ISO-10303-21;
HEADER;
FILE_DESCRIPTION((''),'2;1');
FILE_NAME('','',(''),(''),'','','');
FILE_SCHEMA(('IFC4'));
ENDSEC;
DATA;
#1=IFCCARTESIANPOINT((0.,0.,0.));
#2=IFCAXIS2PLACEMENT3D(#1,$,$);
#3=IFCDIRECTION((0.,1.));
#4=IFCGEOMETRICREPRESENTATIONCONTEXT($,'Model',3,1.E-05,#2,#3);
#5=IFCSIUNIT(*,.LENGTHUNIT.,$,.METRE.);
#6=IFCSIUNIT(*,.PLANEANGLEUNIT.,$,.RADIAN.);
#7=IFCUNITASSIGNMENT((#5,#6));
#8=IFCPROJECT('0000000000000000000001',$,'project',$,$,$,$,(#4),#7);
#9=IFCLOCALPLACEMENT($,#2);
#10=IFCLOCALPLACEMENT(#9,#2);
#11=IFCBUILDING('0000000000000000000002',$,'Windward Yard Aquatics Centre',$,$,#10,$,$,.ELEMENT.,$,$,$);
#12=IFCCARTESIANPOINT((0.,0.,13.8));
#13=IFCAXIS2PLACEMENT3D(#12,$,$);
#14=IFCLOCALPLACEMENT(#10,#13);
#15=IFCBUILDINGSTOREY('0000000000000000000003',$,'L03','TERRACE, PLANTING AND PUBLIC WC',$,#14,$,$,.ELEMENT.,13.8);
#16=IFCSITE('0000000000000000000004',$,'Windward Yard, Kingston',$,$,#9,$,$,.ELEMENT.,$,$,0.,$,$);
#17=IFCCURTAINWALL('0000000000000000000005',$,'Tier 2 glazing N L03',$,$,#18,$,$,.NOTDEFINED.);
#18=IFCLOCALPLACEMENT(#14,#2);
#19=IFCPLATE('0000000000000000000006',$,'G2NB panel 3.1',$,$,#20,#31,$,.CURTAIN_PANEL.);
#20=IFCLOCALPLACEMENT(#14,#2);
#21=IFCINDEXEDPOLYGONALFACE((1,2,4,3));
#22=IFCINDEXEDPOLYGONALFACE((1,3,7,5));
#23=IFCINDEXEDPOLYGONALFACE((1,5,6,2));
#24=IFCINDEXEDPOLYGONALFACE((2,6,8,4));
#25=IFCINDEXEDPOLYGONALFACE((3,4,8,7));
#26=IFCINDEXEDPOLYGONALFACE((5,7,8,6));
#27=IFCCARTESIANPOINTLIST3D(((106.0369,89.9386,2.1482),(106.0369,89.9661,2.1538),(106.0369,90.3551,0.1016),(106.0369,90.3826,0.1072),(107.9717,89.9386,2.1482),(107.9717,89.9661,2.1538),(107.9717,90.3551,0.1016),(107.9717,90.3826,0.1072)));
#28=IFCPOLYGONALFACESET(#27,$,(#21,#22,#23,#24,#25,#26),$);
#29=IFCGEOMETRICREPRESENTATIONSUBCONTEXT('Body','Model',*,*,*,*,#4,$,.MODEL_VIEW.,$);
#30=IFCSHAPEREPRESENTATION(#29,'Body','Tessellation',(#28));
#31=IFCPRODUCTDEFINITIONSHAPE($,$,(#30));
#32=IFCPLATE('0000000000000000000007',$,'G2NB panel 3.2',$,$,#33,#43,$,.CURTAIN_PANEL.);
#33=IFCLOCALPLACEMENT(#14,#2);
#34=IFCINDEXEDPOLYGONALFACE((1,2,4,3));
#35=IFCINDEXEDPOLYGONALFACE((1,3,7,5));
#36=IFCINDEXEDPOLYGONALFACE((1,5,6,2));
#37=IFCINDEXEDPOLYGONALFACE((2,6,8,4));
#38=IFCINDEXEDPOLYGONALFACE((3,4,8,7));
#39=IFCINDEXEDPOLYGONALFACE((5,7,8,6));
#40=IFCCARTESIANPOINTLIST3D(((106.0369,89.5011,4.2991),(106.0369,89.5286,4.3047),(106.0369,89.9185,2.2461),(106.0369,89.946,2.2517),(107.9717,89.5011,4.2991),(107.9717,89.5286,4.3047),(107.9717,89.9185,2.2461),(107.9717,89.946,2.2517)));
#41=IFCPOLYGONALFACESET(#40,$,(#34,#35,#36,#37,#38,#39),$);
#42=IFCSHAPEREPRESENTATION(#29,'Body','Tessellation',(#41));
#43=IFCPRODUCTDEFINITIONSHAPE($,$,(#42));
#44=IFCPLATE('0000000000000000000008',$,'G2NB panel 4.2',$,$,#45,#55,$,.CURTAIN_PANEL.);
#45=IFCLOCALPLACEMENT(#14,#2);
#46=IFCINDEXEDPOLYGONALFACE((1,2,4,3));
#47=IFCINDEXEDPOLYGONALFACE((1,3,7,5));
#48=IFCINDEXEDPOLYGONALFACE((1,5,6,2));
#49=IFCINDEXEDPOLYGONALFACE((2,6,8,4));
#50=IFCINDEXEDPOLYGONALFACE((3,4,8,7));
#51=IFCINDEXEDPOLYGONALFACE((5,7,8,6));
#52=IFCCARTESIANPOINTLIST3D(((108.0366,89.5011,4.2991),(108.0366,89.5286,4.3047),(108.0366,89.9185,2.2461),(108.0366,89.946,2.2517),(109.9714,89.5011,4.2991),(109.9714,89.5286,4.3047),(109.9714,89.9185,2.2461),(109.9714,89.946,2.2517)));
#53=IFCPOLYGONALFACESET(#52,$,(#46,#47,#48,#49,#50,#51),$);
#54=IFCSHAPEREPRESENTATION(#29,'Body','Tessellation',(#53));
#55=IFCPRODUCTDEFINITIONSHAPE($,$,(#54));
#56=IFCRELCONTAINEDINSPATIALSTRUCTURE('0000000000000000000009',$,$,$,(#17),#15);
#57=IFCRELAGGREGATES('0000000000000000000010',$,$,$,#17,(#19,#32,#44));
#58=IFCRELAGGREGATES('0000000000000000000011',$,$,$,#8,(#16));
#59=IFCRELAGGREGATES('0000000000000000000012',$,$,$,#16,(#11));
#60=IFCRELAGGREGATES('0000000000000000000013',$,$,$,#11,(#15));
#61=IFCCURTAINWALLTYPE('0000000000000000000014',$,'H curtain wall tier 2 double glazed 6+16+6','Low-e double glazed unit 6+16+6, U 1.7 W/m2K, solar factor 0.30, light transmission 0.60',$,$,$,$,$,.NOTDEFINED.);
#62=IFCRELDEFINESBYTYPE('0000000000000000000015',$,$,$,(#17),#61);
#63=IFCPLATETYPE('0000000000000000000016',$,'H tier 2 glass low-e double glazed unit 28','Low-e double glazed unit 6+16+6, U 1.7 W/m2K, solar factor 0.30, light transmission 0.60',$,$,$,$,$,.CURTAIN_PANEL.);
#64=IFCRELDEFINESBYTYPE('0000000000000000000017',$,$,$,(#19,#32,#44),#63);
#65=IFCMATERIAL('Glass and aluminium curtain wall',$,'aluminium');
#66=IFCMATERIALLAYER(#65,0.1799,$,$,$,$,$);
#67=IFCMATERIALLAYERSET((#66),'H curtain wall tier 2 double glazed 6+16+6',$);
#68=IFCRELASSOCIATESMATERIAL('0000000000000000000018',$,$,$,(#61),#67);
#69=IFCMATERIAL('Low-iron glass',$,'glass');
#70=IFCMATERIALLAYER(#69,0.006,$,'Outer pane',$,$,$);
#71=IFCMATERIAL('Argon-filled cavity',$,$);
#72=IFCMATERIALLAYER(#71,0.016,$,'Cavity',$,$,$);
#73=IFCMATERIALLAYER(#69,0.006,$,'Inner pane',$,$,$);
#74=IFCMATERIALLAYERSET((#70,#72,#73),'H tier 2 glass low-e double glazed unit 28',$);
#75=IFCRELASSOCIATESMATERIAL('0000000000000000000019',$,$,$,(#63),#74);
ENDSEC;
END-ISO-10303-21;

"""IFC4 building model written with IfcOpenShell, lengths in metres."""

from ifc_helpers import new_model, si_unit, direction, frame, origin, place, context, subcontext, project, spatial, polyline, outline, extrude, material, layer, layer_set, type_object, element, aggregate, save


model = new_model("IFC4")

# Units and contexts
model_context = context("Model", 3, precision=1e-05, world=origin(), true_north=direction((0.0, 1.0)))
body_context = subcontext(model_context, "Body", "Model", "MODEL_VIEW")
ifc_project = project(units=[si_unit("LENGTHUNIT", "METRE"), si_unit("PLANEANGLEUNIT", "RADIAN")], contexts=[model_context])

# Site, building, storey
site_placement = place(None, origin())
site = spatial("IfcSite", under=ifc_project, at=site_placement, Name="Windward Yard, Kingston", CompositionType="ELEMENT", RefElevation=0.0)
building_placement = place(site_placement, origin())
building = spatial("IfcBuilding", under=site, at=building_placement, Name="Windward Yard Aquatics Centre", CompositionType="ELEMENT")
storey_placement = place(building_placement, frame((0.0, 0.0, 13.8)))
storey = spatial("IfcBuildingStorey", under=building, at=storey_placement, Name="L03", Description="TERRACE, PLANTING AND PUBLIC WC", CompositionType="ELEMENT", Elevation=13.8)

# Curtain wall
ifc_material_1 = material(Name="Glass and aluminium curtain wall", Category="aluminium")
ifc_layer_1 = layer(ifc_material_1, 0.1799)
ifc_layer_set_1 = layer_set([ifc_layer_1], Name="H curtain wall tier 2 double glazed 6+16+6")
curtain_wall_type = type_object("IfcCurtainWallType", Name="H curtain wall tier 2 double glazed 6+16+6", Description="Low-e double glazed unit 6+16+6, U 1.7 W/m2K, solar factor 0.30, light transmission 0.60", PredefinedType="NOTDEFINED", material=ifc_layer_set_1)
curtain_wall_1_placement = place(storey_placement, origin())
curtain_wall_1 = element("IfcCurtainWall", 1, at=curtain_wall_1_placement, inside=storey, type_object=curtain_wall_type, Name="Tier 2 glazing N L03", PredefinedType="NOTDEFINED")

# Plates
ifc_material_2 = material(Name="Low-iron glass", Category="glass")
ifc_layer_2 = layer(ifc_material_2, 0.006, Name="Outer pane")
ifc_material_3 = material(Name="Argon-filled cavity")
ifc_layer_3 = layer(ifc_material_3, 0.016, Name="Cavity")
ifc_layer_4 = layer(ifc_material_2, 0.006, Name="Inner pane")
ifc_layer_set_2 = layer_set([ifc_layer_2, ifc_layer_3, ifc_layer_4], Name="H tier 2 glass low-e double glazed unit 28")
plate_type = type_object("IfcPlateType", Name="H tier 2 glass low-e double glazed unit 28", Description="Low-e double glazed unit 6+16+6, U 1.7 W/m2K, solar factor 0.30, light transmission 0.60", PredefinedType="CURTAIN_PANEL", material=ifc_layer_set_2)
plate_1_placement = place(storey_placement, frame((106.0369, 89.9661, 2.1538), z_axis=(0.0, 0.979914, 0.199419), x_axis=(0.0, 0.199419, -0.979914)))
plate_1 = element("IfcPlate", 2, at=plate_1_placement, type_object=plate_type, Name="G2NB panel 3.1", PredefinedType="CURTAIN_PANEL", context=body_context, shape_type="SweptSolid", body=[
    extrude(outline(polyline([(0.0, 0.0), (2.0886, 0.0), (2.0886, -1.9348), (0.0, -1.9348), (0.0, 0.0)])), origin(), (0.0, 0.0, -1.0), 0.0281),
])
plate_2_placement = place(storey_placement, frame((106.0369, 89.5286, 4.3047), z_axis=(0.0, 0.979944, 0.199275), x_axis=(0.0, 0.199275, -0.979944)))
plate_2 = element("IfcPlate", 3, at=plate_2_placement, type_object=plate_type, Name="G2NB panel 3.2", PredefinedType="CURTAIN_PANEL", context=body_context, shape_type="SweptSolid", body=[
    extrude(outline(polyline([(0.0, 0.0), (2.095, 0.0), (2.095, -1.9348), (0.0, -1.9348), (0.0, 0.0)])), origin(), (0.0, 0.0, -1.0), 0.0281),
])
plate_3_placement = place(storey_placement, frame((108.0366, 89.5286, 4.3047), z_axis=(0.0, 0.979944, 0.199275), x_axis=(0.0, 0.199275, -0.979944)))
plate_3 = element("IfcPlate", 4, at=plate_3_placement, type_object=plate_type, Name="G2NB panel 4.2", PredefinedType="CURTAIN_PANEL", context=body_context, shape_type="SweptSolid", body=[
    extrude(outline(polyline([(0.0, 0.0), (2.095, 0.0), (2.095, -1.9348), (0.0, -1.9348), (0.0, 0.0)])), origin(), (0.0, 0.0, -1.0), 0.0281),
])
aggregate(curtain_wall_1, [plate_1, plate_2, plate_3])

save(model, "model.ifc")
